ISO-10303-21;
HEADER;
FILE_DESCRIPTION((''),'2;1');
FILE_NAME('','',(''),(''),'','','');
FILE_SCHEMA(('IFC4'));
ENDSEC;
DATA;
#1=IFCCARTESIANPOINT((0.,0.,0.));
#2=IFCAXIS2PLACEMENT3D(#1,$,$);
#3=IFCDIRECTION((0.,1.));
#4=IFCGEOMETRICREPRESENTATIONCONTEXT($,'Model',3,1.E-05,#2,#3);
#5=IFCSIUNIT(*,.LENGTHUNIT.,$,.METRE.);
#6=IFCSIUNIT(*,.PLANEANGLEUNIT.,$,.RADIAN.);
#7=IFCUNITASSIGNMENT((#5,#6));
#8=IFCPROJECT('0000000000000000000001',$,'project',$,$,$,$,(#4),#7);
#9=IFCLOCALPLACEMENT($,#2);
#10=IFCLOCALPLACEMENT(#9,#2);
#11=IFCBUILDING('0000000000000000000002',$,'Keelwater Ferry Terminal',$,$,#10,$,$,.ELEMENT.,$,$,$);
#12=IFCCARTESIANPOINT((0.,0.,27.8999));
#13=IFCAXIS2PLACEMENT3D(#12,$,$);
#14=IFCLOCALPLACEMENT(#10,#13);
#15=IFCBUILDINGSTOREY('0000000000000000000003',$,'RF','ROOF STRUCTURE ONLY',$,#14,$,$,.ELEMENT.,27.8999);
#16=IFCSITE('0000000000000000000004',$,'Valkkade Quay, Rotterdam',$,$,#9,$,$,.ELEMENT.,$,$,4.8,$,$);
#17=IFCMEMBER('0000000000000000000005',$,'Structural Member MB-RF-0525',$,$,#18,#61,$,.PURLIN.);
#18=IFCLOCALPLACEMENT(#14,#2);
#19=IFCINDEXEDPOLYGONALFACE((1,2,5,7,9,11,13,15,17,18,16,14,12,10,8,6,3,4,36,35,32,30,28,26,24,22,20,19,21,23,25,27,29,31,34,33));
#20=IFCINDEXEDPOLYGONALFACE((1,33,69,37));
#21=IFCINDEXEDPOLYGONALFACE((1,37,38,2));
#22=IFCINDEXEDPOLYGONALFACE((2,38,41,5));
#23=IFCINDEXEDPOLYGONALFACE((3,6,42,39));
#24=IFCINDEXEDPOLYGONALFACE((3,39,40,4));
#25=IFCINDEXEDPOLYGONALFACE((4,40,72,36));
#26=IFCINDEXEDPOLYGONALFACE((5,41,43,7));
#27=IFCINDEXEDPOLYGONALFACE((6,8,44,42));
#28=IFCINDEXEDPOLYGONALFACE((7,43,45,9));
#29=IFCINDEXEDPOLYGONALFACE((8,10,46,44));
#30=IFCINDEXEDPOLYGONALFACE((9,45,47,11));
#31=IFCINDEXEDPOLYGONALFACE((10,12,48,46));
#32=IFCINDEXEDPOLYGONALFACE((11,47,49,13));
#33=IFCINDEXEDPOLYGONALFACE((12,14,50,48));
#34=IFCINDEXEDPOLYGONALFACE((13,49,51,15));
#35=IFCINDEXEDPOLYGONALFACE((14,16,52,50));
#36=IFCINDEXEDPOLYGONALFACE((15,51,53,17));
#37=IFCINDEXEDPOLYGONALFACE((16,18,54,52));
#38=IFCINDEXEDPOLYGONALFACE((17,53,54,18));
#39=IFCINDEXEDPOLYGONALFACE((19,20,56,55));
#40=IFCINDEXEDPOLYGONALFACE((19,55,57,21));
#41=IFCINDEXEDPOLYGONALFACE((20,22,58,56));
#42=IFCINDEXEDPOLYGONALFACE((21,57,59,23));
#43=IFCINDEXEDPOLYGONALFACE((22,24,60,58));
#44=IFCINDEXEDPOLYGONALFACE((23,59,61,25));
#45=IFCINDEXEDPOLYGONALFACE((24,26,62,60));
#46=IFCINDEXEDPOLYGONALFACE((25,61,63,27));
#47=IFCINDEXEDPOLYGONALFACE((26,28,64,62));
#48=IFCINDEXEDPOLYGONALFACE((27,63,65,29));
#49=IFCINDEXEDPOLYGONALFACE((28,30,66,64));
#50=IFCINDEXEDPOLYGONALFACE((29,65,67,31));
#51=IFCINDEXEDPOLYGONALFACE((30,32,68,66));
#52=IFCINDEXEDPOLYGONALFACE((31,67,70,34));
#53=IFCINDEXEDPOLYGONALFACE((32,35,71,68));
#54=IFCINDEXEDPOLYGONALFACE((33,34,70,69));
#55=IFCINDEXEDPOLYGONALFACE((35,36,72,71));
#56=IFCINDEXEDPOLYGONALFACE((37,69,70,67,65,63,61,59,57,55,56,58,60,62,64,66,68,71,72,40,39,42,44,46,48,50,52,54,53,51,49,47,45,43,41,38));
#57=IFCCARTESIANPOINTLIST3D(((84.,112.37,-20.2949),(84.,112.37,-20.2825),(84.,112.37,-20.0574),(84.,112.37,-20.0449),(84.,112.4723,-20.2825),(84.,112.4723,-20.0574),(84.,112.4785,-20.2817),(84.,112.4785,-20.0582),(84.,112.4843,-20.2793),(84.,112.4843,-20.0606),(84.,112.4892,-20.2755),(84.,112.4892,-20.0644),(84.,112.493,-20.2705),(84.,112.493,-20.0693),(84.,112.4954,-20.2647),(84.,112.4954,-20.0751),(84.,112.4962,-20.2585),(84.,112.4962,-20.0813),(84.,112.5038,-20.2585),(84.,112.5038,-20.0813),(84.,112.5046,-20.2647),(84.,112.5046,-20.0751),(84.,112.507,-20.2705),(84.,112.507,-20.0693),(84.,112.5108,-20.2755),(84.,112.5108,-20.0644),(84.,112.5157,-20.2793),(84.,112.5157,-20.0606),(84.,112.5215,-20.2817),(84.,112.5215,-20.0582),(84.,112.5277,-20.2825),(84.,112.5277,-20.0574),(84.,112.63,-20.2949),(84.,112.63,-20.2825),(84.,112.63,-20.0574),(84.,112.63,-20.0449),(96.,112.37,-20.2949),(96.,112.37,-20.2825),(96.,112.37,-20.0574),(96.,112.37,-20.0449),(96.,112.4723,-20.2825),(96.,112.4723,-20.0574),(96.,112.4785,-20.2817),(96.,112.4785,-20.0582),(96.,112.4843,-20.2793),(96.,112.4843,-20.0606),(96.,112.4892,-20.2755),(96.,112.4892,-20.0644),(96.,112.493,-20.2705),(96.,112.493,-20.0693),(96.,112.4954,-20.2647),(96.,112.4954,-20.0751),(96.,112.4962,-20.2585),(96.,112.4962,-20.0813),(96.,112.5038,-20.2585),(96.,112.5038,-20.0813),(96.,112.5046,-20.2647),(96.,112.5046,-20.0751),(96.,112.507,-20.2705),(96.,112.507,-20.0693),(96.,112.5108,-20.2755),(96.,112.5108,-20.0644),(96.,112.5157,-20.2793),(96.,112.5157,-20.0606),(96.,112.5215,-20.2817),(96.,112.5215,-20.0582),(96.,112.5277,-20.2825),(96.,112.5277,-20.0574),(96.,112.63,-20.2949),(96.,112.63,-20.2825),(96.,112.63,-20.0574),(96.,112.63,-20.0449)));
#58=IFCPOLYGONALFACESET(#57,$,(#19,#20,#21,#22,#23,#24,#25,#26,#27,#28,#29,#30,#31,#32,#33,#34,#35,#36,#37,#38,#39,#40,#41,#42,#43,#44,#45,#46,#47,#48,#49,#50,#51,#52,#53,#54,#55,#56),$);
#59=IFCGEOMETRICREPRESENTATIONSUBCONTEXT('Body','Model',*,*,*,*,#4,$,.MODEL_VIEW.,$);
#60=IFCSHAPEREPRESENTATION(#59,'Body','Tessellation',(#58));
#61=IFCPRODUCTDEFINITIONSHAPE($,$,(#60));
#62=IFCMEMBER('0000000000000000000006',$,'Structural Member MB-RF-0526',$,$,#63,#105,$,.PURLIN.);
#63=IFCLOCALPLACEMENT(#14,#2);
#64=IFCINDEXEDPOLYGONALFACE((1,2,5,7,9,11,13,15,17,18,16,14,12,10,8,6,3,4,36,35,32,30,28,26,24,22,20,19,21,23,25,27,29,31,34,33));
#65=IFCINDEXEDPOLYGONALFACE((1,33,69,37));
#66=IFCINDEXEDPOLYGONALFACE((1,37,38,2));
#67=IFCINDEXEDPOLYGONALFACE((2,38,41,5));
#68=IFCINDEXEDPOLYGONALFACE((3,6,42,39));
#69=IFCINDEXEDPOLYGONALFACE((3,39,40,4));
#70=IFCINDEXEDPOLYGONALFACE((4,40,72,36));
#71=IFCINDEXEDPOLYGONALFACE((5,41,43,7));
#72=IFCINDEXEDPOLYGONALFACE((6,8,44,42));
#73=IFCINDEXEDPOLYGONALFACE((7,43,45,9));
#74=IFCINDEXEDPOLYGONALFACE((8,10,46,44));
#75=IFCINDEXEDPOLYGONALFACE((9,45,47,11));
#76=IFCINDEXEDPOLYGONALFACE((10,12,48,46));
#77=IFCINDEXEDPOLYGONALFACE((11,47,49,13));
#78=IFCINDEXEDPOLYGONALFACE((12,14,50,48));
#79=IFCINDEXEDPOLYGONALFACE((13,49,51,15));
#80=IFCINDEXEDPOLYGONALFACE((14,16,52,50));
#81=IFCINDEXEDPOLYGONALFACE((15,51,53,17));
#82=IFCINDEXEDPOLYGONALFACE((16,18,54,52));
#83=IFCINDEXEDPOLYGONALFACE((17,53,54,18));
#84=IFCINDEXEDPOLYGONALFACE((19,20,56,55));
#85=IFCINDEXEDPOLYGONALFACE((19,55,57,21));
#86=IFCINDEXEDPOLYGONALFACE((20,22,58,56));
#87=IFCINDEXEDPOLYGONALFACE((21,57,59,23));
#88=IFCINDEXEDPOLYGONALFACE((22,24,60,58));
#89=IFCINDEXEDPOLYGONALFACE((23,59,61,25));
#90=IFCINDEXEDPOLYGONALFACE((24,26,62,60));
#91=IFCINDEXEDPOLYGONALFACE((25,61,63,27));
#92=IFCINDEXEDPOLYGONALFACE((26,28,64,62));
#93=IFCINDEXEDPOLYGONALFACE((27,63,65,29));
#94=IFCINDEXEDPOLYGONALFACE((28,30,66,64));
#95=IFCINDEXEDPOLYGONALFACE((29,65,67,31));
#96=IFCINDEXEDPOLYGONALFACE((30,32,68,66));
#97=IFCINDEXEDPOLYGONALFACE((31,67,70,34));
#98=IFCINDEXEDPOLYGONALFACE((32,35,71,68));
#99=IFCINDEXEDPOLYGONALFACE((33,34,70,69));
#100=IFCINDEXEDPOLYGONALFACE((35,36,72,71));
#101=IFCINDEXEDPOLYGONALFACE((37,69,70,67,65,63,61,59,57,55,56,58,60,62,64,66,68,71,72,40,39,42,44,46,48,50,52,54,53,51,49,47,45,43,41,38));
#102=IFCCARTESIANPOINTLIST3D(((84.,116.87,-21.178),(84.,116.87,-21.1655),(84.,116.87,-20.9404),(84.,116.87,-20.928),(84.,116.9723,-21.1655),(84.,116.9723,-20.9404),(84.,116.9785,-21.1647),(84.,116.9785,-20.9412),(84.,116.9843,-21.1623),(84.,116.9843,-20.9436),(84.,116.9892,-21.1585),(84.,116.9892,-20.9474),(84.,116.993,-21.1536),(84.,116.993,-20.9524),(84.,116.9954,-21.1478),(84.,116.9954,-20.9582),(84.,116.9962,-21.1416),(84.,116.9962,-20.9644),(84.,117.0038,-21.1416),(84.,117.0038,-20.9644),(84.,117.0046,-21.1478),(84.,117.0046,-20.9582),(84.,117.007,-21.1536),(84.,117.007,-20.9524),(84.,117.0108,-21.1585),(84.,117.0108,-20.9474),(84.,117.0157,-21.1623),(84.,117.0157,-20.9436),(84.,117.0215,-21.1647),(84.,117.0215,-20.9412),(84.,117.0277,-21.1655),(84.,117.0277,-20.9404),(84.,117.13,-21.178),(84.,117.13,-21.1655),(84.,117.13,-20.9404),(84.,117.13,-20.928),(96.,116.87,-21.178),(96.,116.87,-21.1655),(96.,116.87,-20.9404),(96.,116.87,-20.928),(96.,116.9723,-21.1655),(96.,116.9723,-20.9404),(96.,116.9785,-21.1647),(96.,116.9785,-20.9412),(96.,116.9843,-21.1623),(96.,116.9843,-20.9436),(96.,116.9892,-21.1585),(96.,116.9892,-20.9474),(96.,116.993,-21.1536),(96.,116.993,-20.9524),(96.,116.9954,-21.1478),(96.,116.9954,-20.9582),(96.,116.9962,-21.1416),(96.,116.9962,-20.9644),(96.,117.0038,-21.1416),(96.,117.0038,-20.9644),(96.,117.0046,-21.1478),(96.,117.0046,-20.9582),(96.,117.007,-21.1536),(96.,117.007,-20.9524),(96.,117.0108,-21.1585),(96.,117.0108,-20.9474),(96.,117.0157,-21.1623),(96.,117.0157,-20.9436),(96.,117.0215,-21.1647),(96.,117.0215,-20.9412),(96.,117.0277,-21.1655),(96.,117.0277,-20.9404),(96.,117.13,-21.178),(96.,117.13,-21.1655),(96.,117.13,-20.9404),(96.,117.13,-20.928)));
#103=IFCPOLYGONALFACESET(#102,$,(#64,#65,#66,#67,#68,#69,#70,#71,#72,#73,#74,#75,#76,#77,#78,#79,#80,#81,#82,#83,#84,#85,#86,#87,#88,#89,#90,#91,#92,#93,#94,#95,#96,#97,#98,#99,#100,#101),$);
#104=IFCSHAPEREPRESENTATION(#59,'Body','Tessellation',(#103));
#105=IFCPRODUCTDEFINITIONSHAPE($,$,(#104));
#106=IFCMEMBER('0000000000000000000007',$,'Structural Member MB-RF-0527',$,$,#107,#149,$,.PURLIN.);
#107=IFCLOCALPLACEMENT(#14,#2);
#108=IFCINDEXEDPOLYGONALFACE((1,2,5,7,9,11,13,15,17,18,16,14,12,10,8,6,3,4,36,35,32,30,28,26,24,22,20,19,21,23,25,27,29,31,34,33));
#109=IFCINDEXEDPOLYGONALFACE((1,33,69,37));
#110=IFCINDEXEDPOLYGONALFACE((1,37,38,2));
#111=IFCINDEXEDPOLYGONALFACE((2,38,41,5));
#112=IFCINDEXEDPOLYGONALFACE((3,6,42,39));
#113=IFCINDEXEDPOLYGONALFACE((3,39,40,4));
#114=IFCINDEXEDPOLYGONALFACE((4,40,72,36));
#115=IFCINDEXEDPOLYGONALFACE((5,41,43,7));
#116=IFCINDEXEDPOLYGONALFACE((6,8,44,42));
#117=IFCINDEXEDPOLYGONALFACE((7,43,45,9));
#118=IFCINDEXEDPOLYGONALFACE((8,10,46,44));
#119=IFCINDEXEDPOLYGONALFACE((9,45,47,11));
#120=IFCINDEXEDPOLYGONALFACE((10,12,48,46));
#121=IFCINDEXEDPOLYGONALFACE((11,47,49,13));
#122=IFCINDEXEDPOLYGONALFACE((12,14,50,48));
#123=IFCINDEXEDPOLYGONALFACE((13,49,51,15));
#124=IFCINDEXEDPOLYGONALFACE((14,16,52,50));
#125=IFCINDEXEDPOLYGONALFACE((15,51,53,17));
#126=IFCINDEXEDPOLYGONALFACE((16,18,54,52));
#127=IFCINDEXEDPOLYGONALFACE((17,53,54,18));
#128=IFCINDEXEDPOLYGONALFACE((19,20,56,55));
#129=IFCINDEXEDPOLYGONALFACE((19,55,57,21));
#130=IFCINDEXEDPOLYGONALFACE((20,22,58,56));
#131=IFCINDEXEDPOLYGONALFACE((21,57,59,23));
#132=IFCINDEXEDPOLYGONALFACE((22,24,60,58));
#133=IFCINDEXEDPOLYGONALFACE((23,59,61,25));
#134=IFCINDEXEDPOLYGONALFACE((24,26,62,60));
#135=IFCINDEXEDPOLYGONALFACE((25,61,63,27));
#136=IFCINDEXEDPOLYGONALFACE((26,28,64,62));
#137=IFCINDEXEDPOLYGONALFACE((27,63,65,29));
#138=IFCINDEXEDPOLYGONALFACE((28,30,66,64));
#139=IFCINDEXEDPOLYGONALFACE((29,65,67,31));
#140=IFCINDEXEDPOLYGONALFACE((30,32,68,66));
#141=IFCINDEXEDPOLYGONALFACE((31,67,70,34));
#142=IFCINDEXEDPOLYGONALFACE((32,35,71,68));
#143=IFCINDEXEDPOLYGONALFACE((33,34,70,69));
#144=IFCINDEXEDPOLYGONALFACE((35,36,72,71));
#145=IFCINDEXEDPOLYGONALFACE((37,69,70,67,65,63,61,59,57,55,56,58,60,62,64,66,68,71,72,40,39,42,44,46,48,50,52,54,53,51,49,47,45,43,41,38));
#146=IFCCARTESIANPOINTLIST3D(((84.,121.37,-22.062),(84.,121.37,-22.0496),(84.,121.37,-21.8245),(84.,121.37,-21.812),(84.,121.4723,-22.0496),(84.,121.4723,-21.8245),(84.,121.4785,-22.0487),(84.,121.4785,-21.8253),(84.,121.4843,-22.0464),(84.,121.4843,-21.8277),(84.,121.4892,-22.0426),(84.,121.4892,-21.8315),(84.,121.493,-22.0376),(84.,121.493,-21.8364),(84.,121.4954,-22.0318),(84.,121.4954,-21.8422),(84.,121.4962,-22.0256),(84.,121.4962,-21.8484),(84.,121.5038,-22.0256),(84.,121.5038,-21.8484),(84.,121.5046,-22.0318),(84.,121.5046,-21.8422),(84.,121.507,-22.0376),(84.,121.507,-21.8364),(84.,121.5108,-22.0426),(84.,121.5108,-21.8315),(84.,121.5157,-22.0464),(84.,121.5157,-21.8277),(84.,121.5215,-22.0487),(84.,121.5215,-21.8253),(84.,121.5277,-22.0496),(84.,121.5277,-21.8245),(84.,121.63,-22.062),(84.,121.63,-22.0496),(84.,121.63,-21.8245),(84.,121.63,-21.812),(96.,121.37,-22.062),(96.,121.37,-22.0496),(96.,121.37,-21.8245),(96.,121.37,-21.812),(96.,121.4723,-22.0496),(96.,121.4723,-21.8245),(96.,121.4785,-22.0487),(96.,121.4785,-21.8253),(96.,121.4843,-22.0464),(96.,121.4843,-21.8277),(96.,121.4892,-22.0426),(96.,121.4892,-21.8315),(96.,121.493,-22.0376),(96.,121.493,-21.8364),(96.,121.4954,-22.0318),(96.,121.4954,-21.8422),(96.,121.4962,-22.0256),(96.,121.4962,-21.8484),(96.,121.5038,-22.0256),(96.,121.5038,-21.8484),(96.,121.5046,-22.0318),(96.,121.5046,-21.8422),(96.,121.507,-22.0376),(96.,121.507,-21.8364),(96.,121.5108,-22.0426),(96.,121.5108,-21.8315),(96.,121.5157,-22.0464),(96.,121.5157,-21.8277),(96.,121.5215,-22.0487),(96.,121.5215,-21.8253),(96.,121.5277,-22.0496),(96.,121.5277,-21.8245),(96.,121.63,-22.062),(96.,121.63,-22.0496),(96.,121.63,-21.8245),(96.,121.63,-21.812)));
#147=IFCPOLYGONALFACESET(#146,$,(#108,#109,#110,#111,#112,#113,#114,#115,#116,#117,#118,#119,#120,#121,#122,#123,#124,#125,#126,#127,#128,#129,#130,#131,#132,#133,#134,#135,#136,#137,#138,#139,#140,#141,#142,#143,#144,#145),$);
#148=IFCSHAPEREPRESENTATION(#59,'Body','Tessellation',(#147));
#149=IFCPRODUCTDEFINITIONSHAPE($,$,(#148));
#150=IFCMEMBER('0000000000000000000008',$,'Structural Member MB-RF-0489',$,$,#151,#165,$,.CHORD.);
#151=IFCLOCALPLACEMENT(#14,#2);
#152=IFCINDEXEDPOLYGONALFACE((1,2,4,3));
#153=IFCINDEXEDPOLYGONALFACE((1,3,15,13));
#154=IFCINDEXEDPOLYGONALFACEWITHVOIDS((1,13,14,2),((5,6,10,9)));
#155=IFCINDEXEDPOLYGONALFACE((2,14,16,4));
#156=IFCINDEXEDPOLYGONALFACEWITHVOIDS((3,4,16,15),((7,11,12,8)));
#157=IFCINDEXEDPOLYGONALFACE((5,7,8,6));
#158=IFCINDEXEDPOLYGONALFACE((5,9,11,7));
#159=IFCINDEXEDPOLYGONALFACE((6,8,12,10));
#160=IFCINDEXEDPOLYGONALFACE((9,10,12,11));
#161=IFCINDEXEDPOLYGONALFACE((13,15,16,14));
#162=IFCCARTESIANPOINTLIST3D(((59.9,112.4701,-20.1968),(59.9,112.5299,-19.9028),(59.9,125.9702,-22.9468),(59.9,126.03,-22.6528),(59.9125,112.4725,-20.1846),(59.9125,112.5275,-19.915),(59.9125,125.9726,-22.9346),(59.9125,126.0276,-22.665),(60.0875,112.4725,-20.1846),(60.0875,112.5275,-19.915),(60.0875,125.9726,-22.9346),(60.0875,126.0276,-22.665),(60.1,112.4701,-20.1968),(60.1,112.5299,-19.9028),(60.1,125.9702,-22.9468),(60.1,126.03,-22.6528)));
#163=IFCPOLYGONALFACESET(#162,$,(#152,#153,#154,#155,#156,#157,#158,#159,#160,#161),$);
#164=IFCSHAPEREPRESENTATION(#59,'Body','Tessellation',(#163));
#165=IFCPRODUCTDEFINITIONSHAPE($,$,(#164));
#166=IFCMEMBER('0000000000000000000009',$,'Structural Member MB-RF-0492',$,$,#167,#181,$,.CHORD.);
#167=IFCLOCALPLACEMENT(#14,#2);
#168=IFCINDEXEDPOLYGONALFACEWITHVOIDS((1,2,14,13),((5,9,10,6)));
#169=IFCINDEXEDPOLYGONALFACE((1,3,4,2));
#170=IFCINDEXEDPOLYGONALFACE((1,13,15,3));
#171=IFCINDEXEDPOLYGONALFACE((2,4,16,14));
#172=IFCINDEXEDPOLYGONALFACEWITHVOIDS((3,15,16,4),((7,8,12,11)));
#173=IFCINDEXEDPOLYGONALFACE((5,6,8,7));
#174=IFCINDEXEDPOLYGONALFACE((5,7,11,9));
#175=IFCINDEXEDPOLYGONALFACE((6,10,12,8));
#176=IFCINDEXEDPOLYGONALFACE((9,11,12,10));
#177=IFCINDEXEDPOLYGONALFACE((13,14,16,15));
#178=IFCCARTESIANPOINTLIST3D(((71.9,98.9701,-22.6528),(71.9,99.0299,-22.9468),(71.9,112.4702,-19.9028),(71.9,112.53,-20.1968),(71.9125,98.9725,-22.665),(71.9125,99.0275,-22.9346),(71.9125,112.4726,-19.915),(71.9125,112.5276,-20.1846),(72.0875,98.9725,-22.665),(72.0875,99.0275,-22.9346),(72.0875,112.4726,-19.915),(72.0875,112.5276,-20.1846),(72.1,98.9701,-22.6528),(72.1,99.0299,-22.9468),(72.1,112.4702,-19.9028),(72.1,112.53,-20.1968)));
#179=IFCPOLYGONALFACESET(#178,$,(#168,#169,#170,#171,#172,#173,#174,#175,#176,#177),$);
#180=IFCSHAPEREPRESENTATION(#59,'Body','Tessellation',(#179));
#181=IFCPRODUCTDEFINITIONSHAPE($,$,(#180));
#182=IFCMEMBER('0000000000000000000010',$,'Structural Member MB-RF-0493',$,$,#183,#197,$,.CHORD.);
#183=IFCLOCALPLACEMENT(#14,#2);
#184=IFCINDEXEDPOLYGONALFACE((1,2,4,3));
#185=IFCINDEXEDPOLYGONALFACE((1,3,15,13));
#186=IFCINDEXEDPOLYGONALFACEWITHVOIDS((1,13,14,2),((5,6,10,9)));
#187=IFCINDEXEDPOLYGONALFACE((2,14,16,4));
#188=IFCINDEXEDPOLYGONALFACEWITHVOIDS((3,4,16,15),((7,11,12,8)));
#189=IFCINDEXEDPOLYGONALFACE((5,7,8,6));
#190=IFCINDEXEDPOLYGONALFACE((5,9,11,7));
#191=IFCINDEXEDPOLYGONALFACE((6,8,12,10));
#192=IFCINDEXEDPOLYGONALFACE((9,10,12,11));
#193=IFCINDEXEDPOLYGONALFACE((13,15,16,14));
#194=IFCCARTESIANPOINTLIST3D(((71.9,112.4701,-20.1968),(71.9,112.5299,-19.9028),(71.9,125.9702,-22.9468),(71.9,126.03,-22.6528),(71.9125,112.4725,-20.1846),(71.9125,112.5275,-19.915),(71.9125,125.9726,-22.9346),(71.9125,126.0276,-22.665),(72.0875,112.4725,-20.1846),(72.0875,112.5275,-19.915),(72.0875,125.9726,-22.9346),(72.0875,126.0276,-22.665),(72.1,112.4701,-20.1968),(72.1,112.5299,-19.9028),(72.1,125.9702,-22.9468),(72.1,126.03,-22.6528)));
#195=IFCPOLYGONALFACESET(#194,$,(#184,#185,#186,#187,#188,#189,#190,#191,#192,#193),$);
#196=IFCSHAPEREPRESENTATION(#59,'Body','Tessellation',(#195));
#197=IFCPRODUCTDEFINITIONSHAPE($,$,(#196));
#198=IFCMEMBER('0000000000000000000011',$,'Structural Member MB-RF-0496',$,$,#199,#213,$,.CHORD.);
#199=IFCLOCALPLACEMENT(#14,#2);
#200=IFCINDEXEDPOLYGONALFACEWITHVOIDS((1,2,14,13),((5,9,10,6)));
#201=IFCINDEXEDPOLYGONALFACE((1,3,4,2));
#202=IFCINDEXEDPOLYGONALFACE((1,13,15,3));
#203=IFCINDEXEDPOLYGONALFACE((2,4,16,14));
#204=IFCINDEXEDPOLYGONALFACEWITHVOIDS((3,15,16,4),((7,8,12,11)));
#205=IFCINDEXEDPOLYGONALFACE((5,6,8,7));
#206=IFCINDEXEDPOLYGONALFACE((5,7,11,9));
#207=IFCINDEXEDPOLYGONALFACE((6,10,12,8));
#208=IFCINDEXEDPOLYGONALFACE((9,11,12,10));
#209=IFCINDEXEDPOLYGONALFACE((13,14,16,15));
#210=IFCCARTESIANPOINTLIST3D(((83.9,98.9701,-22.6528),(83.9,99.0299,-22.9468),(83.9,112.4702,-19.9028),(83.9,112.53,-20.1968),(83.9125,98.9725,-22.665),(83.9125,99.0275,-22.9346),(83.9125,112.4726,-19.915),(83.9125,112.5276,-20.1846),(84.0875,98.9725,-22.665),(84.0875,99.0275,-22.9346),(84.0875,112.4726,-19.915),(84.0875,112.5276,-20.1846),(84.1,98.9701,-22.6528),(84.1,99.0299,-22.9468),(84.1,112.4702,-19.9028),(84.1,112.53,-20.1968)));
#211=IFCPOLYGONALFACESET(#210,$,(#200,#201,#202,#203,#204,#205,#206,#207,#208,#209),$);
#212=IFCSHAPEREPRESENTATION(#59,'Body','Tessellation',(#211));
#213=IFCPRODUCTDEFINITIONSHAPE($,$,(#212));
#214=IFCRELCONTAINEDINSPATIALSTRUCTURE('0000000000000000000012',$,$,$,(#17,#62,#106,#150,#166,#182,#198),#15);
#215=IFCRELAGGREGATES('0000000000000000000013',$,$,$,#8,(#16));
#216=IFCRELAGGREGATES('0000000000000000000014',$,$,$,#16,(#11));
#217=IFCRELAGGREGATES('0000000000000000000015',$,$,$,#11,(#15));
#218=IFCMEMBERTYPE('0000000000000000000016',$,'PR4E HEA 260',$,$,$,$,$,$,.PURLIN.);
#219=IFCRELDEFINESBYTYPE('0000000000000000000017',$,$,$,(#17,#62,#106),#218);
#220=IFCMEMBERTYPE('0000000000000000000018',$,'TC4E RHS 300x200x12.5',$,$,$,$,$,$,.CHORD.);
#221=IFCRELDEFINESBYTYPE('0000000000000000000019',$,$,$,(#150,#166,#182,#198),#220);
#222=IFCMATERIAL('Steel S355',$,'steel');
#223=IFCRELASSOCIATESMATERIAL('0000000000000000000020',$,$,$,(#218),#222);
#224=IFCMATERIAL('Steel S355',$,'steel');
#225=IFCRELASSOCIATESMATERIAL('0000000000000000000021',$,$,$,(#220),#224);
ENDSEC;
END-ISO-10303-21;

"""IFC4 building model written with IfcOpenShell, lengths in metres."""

from ifc_helpers import new_model, si_unit, direction, frame, origin, origin_2d, place, context, subcontext, project, spatial, hollow_rectangle, i_section, extrude, material, material_profile, profile_set, type_object, element, save


model = new_model("IFC4")

# Units and contexts
model_context = context("Model", 3, precision=1e-05, world=origin(), true_north=direction((0.0, 1.0)))
body_context = subcontext(model_context, "Body", "Model", "MODEL_VIEW")
ifc_project = project(units=[si_unit("LENGTHUNIT", "METRE"), si_unit("PLANEANGLEUNIT", "RADIAN")], contexts=[model_context])

# Site, building, storey
site_placement = place(None, origin())
site = spatial("IfcSite", under=ifc_project, at=site_placement, Name="Valkkade Quay, Rotterdam", CompositionType="ELEMENT", RefElevation=4.8)
building_placement = place(site_placement, origin())
building = spatial("IfcBuilding", under=site, at=building_placement, Name="Keelwater Ferry Terminal", CompositionType="ELEMENT")
storey_placement = place(building_placement, frame((0.0, 0.0, 27.8999)))
storey = spatial("IfcBuildingStorey", under=building, at=storey_placement, Name="RF", Description="ROOF STRUCTURE ONLY", CompositionType="ELEMENT", Elevation=27.8999)

# Members
ifc_material_1 = material(Name="Steel S355", Category="steel")
ifc_material_profile_1 = material_profile(ifc_material_1, i_section(OverallWidth=0.26, OverallDepth=0.25, WebThickness=0.0076, FlangeThickness=0.0125, FilletRadius=0.0239, at=origin_2d()), Name="HEA 260")
ifc_profile_set_1 = profile_set([ifc_material_profile_1], Name="Steel S355")
member_type_1 = type_object("IfcMemberType", Name="PR4E HEA 260", PredefinedType="PURLIN", material=ifc_profile_set_1)
for number, where, z_axis, x_axis, name in (
    (1, (84.0, 112.5, -20.1699), (1.0, 0.0, 0.0), (0.0, 1.0, 0.0), "Structural Member MB-RF-0525"),
    (2, (84.0, 117.0, -21.053), (1.0, 0.0, 0.0), (0.0, 1.0, 0.0), "Structural Member MB-RF-0526"),
    (3, (84.0, 121.5, -21.937), (1.0, 0.0, 0.0), (0.0, 1.0, 0.0), "Structural Member MB-RF-0527"),
):
    element("IfcMember", number, at=place(storey_placement, frame(where, z_axis=z_axis, x_axis=x_axis)), inside=storey, type_object=member_type_1, Name=name, PredefinedType="PURLIN", context=body_context, shape_type="SweptSolid", body=[
        extrude(i_section(OverallWidth=0.26, OverallDepth=0.25, WebThickness=0.0076, FlangeThickness=0.0125, FilletRadius=0.0239, at=origin_2d()), origin(), (0.0, 0.0, 1.0), 12.0),
    ])
ifc_material_2 = material(Name="Steel S355", Category="steel")
ifc_material_profile_2 = material_profile(ifc_material_2, hollow_rectangle(XDim=0.2, YDim=0.3, WallThickness=0.0125, at=origin_2d()), Name="RHS 300x200x12.5")
ifc_profile_set_2 = profile_set([ifc_material_profile_2], Name="Steel S355")
member_type_2 = type_object("IfcMemberType", Name="TC4E RHS 300x200x12.5", PredefinedType="CHORD", material=ifc_profile_set_2)
for number, where, z_axis, x_axis, name in (
    (4, (60.0, 112.5, -20.0498), (0.0, 0.979877, -0.199604), (-1.0, 0.0, 0.0), "Structural Member MB-RF-0489"),
    (5, (72.0, 99.0, -22.7998), (0.0, 0.979877, 0.199604), (-1.0, 0.0, 0.0), "Structural Member MB-RF-0492"),
    (6, (72.0, 112.5, -20.0498), (0.0, 0.979877, -0.199604), (-1.0, 0.0, 0.0), "Structural Member MB-RF-0493"),
    (7, (84.0, 99.0, -22.7998), (0.0, 0.979877, 0.199604), (-1.0, 0.0, 0.0), "Structural Member MB-RF-0496"),
):
    element("IfcMember", number, at=place(storey_placement, frame(where, z_axis=z_axis, x_axis=x_axis)), inside=storey, type_object=member_type_2, Name=name, PredefinedType="CHORD", context=body_context, shape_type="SweptSolid", body=[
        extrude(hollow_rectangle(XDim=0.2, YDim=0.3, WallThickness=0.0125, at=origin_2d()), origin(), (0.0, 0.0, 1.0), 13.7773),
    ])

save(model, "model.ifc")
